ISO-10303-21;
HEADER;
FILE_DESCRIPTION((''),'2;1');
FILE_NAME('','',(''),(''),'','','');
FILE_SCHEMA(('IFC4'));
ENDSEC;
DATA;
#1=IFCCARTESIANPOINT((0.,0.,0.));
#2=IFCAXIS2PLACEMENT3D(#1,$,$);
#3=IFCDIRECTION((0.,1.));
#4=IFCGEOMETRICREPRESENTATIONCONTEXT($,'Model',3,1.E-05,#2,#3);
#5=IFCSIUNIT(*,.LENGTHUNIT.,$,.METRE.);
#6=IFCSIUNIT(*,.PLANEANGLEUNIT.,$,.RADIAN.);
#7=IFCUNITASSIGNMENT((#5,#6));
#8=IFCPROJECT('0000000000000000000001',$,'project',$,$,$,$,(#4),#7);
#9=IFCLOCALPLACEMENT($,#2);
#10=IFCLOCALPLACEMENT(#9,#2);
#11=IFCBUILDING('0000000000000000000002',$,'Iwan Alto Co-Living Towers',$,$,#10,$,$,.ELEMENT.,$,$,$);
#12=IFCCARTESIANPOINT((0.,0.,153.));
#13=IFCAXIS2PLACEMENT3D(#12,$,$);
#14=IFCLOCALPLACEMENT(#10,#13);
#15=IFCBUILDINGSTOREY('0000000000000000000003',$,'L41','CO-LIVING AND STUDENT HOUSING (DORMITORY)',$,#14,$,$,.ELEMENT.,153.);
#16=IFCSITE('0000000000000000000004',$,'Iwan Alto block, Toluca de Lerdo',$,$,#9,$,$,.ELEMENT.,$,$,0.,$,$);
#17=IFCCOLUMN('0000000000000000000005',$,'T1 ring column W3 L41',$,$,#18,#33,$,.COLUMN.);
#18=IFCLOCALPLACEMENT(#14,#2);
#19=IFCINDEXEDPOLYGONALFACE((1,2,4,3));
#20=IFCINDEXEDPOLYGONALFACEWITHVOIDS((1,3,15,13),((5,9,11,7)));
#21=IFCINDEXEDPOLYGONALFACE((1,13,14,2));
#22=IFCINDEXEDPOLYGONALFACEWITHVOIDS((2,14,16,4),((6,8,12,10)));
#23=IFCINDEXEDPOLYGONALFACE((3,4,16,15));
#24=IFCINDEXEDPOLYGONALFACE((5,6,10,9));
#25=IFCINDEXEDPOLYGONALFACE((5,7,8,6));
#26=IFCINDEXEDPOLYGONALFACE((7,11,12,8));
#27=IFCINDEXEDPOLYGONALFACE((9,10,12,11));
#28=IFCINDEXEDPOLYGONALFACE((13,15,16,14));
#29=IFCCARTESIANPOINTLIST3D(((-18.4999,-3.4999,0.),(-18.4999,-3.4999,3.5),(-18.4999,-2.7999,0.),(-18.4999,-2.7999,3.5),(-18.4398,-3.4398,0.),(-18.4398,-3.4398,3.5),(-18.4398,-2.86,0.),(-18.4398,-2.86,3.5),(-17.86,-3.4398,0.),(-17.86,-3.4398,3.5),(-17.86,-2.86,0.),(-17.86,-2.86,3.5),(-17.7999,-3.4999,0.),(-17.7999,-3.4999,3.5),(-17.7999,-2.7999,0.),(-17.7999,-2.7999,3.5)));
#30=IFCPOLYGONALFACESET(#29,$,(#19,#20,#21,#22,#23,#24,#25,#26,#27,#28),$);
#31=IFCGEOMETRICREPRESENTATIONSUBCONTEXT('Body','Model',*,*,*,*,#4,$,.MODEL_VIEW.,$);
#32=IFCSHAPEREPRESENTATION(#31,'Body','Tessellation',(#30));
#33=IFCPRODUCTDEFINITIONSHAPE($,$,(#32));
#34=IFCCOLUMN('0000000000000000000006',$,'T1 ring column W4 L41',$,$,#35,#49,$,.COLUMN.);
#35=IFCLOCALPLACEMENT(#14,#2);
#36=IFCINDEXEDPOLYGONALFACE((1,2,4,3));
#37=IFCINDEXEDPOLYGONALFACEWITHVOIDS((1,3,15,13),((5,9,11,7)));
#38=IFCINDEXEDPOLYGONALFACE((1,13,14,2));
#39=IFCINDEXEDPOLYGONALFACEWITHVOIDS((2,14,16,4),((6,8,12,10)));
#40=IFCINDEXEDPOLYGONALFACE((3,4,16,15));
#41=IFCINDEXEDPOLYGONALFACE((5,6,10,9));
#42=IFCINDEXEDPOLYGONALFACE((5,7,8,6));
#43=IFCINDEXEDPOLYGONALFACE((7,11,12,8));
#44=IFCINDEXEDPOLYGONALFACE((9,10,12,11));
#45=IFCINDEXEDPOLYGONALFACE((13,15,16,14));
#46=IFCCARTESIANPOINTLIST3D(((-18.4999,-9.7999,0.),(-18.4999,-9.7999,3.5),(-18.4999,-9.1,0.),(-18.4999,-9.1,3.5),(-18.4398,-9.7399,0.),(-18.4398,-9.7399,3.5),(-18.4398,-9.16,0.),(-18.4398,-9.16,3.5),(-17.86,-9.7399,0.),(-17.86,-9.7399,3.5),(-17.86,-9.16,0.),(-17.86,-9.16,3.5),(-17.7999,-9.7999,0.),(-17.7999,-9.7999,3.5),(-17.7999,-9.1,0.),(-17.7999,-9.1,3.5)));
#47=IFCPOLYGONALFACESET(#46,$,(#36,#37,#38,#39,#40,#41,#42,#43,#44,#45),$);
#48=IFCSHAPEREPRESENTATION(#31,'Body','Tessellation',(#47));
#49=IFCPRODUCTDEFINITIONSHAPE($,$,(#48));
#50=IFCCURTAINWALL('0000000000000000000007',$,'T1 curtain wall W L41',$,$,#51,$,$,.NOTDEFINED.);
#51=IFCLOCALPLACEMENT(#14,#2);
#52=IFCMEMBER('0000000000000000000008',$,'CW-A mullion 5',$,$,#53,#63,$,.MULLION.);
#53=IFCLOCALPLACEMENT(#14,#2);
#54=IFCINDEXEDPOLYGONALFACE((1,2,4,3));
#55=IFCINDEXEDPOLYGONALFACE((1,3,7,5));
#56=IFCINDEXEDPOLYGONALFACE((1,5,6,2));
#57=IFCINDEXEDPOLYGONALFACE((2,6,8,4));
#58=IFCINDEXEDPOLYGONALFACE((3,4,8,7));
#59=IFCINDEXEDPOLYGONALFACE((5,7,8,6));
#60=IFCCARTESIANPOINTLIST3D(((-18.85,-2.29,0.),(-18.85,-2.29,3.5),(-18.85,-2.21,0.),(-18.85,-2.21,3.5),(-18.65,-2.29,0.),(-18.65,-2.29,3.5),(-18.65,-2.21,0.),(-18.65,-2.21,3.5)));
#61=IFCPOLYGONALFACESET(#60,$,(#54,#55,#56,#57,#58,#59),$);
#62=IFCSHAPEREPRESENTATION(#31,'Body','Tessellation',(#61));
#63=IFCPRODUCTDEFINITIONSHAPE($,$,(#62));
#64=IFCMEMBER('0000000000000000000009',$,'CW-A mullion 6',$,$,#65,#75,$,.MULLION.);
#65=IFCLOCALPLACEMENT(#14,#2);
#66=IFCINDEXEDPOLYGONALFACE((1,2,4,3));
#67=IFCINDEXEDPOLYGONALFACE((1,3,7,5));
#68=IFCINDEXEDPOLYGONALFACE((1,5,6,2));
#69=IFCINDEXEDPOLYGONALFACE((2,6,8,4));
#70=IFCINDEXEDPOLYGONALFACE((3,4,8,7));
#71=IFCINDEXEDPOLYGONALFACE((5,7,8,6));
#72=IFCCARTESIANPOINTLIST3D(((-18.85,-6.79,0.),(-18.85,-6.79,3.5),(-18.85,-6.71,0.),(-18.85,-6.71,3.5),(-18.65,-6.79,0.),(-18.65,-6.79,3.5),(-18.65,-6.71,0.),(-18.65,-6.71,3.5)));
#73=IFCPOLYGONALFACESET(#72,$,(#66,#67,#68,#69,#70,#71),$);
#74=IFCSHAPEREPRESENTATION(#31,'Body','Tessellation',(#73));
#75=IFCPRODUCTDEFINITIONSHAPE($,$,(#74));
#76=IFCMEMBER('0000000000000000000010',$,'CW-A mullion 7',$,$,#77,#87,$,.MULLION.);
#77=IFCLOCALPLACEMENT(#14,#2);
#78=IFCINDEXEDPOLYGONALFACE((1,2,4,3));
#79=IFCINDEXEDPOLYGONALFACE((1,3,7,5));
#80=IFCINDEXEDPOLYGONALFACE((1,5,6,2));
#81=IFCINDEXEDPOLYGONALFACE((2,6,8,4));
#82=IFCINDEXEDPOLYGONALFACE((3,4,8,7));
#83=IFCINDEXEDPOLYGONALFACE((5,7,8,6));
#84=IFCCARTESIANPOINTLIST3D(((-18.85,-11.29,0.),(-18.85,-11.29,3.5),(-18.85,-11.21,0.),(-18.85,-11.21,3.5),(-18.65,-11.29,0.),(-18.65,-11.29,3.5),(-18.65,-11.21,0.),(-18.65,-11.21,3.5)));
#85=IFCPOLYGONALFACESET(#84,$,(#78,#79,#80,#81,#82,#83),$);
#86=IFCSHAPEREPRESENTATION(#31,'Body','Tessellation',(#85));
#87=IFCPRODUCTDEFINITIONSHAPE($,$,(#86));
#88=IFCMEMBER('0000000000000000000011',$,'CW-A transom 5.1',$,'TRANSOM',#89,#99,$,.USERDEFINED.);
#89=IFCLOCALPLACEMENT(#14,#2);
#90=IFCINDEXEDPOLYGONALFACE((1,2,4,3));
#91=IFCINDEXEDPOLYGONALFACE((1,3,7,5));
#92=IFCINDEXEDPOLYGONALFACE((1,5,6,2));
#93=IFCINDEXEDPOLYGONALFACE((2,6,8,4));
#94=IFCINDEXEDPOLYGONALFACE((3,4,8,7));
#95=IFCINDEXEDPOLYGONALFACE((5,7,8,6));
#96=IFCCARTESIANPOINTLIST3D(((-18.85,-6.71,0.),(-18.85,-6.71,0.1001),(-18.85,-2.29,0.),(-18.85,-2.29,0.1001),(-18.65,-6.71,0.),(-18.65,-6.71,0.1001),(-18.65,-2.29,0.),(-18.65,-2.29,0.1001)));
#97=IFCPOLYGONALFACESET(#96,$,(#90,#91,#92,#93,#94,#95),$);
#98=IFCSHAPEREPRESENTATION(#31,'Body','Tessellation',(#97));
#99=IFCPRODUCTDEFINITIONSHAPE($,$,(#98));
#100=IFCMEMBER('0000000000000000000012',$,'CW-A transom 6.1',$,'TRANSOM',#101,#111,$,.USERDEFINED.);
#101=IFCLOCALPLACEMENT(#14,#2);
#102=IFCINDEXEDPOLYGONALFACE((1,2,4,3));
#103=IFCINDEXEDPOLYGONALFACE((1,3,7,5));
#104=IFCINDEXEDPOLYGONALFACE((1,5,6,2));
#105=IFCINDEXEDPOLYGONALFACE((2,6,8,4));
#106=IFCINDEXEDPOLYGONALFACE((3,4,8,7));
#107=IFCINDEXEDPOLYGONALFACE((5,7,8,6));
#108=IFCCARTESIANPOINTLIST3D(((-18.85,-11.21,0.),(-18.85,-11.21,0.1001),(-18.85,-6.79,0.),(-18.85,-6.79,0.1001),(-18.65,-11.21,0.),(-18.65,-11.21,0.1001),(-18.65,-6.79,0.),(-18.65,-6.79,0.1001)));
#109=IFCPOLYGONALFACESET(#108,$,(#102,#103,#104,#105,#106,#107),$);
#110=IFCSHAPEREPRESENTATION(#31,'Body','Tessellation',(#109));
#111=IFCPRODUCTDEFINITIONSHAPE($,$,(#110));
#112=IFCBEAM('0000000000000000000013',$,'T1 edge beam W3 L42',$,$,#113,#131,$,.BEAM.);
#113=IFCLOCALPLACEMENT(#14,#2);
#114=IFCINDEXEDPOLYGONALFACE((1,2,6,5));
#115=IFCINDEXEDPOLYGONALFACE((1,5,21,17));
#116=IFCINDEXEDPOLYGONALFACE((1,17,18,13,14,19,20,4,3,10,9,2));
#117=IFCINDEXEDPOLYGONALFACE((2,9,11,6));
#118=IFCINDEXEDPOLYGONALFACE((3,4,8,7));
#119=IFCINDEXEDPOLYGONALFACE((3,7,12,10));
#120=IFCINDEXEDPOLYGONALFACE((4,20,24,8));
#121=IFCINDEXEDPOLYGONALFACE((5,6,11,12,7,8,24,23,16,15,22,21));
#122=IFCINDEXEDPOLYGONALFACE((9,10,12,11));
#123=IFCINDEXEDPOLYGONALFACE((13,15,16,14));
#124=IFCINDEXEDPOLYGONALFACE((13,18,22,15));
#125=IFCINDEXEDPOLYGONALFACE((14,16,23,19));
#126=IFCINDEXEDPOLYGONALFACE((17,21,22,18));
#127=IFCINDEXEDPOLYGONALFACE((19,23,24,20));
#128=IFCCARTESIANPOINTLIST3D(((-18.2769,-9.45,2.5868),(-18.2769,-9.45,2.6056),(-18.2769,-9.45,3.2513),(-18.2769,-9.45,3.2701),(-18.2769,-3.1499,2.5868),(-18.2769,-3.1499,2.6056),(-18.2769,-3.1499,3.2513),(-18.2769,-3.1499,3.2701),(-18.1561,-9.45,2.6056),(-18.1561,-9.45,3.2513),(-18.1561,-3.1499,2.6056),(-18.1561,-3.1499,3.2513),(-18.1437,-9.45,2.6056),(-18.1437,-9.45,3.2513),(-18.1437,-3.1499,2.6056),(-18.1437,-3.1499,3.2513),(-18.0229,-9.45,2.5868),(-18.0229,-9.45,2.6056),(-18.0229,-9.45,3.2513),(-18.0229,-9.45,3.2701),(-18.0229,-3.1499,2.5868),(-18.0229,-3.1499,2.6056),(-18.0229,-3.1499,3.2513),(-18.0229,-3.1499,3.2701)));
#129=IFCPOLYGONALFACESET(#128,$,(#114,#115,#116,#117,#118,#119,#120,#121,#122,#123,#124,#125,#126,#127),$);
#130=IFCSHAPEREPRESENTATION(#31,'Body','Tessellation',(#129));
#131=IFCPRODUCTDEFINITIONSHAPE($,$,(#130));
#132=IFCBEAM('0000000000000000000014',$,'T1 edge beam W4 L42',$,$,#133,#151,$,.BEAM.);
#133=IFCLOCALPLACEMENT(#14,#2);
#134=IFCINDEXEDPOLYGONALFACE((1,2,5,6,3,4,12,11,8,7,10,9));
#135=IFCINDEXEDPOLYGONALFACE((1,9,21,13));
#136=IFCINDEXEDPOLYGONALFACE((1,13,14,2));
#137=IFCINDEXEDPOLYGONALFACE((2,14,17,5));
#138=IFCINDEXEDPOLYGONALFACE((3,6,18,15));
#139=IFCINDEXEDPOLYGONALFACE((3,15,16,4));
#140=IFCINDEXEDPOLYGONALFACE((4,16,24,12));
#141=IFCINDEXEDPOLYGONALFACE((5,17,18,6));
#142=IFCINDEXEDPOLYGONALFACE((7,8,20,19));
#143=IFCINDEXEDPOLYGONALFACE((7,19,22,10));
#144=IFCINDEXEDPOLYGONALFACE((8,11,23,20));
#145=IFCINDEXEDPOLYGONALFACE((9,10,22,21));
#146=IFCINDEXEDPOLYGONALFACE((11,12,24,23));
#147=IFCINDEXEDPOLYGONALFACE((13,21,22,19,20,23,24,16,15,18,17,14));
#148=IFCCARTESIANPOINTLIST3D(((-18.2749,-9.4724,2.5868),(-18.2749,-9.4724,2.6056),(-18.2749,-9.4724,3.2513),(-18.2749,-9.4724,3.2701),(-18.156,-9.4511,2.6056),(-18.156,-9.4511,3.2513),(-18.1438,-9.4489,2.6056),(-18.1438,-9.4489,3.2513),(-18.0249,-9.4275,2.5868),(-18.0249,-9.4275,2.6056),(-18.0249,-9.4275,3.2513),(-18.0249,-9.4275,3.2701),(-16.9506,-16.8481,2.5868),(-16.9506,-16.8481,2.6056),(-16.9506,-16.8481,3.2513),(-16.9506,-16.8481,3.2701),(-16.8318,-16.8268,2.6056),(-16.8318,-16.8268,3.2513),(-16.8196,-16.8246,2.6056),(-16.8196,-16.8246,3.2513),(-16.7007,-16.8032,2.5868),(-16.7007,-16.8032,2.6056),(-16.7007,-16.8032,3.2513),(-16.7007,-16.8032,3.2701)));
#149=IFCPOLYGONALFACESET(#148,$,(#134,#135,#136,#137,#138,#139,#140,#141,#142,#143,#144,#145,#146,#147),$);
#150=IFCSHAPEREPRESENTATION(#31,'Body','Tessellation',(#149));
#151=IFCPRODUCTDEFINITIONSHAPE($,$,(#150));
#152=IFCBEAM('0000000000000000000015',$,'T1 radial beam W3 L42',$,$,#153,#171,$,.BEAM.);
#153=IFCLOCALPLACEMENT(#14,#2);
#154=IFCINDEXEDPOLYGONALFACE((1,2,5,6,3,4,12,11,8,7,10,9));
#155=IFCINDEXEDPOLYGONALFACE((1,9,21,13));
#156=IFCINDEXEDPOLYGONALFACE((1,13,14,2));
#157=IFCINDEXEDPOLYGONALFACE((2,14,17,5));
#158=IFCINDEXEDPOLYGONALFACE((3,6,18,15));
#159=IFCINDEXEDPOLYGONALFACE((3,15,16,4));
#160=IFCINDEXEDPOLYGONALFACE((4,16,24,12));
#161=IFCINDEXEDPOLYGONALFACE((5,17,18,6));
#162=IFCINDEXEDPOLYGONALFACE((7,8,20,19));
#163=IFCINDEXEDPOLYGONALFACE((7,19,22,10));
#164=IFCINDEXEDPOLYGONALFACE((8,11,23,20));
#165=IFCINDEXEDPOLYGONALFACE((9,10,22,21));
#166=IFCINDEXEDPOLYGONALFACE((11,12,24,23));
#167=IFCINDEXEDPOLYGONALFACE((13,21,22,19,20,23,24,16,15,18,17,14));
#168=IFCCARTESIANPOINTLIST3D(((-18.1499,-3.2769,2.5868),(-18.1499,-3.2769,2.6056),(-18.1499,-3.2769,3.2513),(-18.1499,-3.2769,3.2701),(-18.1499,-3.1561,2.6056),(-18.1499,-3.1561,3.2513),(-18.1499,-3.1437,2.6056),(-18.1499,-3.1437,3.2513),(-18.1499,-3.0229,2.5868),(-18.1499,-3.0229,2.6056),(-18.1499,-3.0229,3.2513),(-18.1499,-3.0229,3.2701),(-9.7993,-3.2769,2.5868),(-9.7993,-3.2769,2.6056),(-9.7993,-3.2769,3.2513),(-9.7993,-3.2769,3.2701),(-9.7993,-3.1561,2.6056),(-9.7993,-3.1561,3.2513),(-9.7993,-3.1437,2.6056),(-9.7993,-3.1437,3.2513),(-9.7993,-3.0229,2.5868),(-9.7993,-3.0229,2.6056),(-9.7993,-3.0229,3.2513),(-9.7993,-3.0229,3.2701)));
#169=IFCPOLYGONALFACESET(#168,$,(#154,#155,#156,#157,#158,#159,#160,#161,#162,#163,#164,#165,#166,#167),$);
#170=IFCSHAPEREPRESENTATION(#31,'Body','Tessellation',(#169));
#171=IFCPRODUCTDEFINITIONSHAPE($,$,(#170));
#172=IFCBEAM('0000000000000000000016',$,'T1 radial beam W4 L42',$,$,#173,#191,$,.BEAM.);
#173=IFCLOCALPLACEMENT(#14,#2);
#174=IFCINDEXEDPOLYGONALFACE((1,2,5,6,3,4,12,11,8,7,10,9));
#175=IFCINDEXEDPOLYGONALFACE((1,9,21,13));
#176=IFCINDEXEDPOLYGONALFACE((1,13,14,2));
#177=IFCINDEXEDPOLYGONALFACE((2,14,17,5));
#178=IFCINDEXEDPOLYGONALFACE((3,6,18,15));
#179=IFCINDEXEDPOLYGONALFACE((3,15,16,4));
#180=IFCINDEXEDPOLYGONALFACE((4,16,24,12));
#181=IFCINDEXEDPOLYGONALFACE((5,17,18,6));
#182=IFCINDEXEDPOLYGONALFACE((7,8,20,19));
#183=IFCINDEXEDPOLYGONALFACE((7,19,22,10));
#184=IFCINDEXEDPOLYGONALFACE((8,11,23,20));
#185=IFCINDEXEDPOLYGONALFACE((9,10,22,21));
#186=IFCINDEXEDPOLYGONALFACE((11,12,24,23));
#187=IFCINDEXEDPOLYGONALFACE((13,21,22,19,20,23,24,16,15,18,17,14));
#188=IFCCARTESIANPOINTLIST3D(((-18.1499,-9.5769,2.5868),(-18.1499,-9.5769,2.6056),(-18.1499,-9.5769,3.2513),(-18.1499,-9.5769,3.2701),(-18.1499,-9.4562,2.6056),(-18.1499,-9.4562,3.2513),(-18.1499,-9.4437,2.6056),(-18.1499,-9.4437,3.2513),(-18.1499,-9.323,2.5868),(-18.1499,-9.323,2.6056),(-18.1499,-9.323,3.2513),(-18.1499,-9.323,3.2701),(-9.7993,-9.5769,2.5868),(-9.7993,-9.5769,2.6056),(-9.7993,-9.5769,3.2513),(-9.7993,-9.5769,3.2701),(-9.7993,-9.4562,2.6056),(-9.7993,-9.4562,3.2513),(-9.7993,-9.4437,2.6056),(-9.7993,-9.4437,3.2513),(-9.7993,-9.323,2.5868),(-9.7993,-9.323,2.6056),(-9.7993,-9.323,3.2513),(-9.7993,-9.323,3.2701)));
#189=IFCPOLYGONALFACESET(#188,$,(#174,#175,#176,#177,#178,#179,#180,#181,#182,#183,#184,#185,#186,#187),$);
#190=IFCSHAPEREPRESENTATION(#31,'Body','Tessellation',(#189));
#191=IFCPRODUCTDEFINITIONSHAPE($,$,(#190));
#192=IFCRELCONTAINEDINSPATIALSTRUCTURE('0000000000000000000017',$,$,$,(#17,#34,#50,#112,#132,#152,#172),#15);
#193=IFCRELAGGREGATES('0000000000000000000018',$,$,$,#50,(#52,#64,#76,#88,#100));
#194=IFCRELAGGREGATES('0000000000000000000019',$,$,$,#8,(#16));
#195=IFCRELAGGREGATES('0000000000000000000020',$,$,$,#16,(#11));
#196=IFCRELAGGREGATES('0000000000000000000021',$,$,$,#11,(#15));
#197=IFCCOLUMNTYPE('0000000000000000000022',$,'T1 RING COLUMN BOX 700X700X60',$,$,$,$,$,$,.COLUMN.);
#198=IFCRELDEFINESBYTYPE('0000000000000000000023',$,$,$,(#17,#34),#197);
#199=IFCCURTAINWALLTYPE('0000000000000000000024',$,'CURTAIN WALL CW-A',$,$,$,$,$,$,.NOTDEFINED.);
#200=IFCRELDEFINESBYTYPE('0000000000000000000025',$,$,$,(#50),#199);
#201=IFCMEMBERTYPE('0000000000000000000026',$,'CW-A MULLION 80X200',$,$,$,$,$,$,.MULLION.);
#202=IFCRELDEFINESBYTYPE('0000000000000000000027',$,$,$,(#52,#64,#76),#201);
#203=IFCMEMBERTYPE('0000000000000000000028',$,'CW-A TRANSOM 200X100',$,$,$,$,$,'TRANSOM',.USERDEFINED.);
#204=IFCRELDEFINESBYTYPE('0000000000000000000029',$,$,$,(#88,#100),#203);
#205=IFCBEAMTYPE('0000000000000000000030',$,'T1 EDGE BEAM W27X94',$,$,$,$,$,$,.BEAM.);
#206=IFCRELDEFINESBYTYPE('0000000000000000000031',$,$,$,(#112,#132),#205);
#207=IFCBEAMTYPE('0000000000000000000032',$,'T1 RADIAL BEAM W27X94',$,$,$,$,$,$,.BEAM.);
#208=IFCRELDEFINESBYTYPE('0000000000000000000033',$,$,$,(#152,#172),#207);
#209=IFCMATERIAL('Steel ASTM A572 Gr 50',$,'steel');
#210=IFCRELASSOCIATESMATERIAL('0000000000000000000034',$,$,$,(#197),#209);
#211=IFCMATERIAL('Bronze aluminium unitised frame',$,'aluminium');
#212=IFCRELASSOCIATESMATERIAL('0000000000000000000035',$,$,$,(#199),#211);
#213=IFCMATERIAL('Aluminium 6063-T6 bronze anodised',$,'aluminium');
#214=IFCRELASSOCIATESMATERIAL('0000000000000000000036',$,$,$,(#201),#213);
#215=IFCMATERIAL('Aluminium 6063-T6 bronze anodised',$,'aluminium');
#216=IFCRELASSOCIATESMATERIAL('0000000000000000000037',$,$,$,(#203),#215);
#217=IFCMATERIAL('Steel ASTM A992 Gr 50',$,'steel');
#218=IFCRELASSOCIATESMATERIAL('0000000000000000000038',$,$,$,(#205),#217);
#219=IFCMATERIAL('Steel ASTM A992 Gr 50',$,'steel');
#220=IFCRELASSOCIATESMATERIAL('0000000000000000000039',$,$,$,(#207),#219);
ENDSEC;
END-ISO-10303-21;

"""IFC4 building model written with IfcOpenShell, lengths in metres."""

from ifc_helpers import new_model, si_unit, direction, frame, origin, origin_2d, place, context, subcontext, project, spatial, rectangle, hollow_rectangle, i_section, extrude, material, material_profile, profile_set, type_object, element, aggregate, save


model = new_model("IFC4")

# Units and contexts
model_context = context("Model", 3, precision=1e-05, world=origin(), true_north=direction((0.0, 1.0)))
body_context = subcontext(model_context, "Body", "Model", "MODEL_VIEW")
ifc_project = project(units=[si_unit("LENGTHUNIT", "METRE"), si_unit("PLANEANGLEUNIT", "RADIAN")], contexts=[model_context])

# Site, building, storey
site_placement = place(None, origin())
site = spatial("IfcSite", under=ifc_project, at=site_placement, Name="Iwan Alto block, Toluca de Lerdo", CompositionType="ELEMENT", RefElevation=0.0)
building_placement = place(site_placement, origin())
building = spatial("IfcBuilding", under=site, at=building_placement, Name="Iwan Alto Co-Living Towers", CompositionType="ELEMENT")
storey_placement = place(building_placement, frame((0.0, 0.0, 153.0)))
storey = spatial("IfcBuildingStorey", under=building, at=storey_placement, Name="L41", Description="CO-LIVING AND STUDENT HOUSING (DORMITORY)", CompositionType="ELEMENT", Elevation=153.0)

# Columns
ifc_material_1 = material(Name="Steel ASTM A572 Gr 50", Category="steel")
ifc_material_profile_1 = material_profile(ifc_material_1, hollow_rectangle(XDim=0.7, YDim=0.7, WallThickness=0.0601, at=origin_2d()), Name="BOX 700X700X60")
ifc_profile_set_1 = profile_set([ifc_material_profile_1], Name="Steel ASTM A572 Gr 50")
column_type = type_object("IfcColumnType", Name="T1 RING COLUMN BOX 700X700X60", PredefinedType="COLUMN", material=ifc_profile_set_1)
for number, where, z_axis, x_axis, name in (
    (1, (-18.1499, -3.1499, 0.0), (0.0, 0.0, 1.0), (1.0, 0.0, 0.0), "T1 ring column W3 L41"),
    (2, (-18.1499, -9.45, 0.0), (0.0, 0.0, 1.0), (1.0, 0.0, 0.0), "T1 ring column W4 L41"),
):
    element("IfcColumn", number, at=place(storey_placement, frame(where, z_axis=z_axis, x_axis=x_axis)), inside=storey, type_object=column_type, Name=name, PredefinedType="COLUMN", context=body_context, shape_type="SweptSolid", body=[
        extrude(hollow_rectangle(XDim=0.7, YDim=0.7, WallThickness=0.0601, at=origin_2d()), origin(), (0.0, 0.0, 1.0), 3.5),
    ])

# Curtain wall, members
ifc_material_2 = material(Name="Bronze aluminium unitised frame", Category="aluminium")
curtain_wall_type = type_object("IfcCurtainWallType", Name="CURTAIN WALL CW-A", PredefinedType="NOTDEFINED", material=ifc_material_2)
curtain_wall_placement = place(storey_placement, origin())
curtain_wall = element("IfcCurtainWall", 3, at=curtain_wall_placement, inside=storey, type_object=curtain_wall_type, Name="T1 curtain wall W L41", PredefinedType="NOTDEFINED")
ifc_material_3 = material(Name="Aluminium 6063-T6 bronze anodised", Category="aluminium")
ifc_material_profile_2 = material_profile(ifc_material_3, rectangle(XDim=0.2, YDim=0.0801, at=origin_2d()), Name="AL 80X200")
ifc_profile_set_2 = profile_set([ifc_material_profile_2], Name="Aluminium 6063-T6 bronze anodised")
member_type_1 = type_object("IfcMemberType", Name="CW-A MULLION 80X200", PredefinedType="MULLION", material=ifc_profile_set_2)
member_1_placement = place(storey_placement, frame((-18.75, -2.25, 0.0), z_axis=(0.0, 0.0, 1.0), x_axis=(1.0, 0.0, 0.0)))
member_1 = element("IfcMember", 4, at=member_1_placement, type_object=member_type_1, Name="CW-A mullion 5", PredefinedType="MULLION", context=body_context, shape_type="SweptSolid", body=[
    extrude(rectangle(XDim=0.2, YDim=0.0801, at=origin_2d()), origin(), (0.0, 0.0, 1.0), 3.5),
])
member_2_placement = place(storey_placement, frame((-18.75, -6.75, 0.0), z_axis=(0.0, 0.0, 1.0), x_axis=(1.0, 0.0, 0.0)))
member_2 = element("IfcMember", 5, at=member_2_placement, type_object=member_type_1, Name="CW-A mullion 6", PredefinedType="MULLION", context=body_context, shape_type="SweptSolid", body=[
    extrude(rectangle(XDim=0.2, YDim=0.0801, at=origin_2d()), origin(), (0.0, 0.0, 1.0), 3.5),
])
member_3_placement = place(storey_placement, frame((-18.75, -11.25, 0.0), z_axis=(0.0, 0.0, 1.0), x_axis=(1.0, 0.0, 0.0)))
member_3 = element("IfcMember", 6, at=member_3_placement, type_object=member_type_1, Name="CW-A mullion 7", PredefinedType="MULLION", context=body_context, shape_type="SweptSolid", body=[
    extrude(rectangle(XDim=0.2, YDim=0.0801, at=origin_2d()), origin(), (0.0, 0.0, 1.0), 3.5),
])
ifc_material_4 = material(Name="Aluminium 6063-T6 bronze anodised", Category="aluminium")
ifc_material_profile_3 = material_profile(ifc_material_4, rectangle(XDim=0.2, YDim=0.1001, at=origin_2d()), Name="AL 200X100")
ifc_profile_set_3 = profile_set([ifc_material_profile_3], Name="Aluminium 6063-T6 bronze anodised")
member_type_2 = type_object("IfcMemberType", Name="CW-A TRANSOM 200X100", ElementType="TRANSOM", PredefinedType="USERDEFINED", material=ifc_profile_set_3)
member_4_placement = place(storey_placement, frame((-18.75, -2.29, 0.05), z_axis=(0.0, -1.0, 0.0), x_axis=(1.0, 0.0, 0.0)))
member_4 = element("IfcMember", 7, at=member_4_placement, type_object=member_type_2, Name="CW-A transom 5.1", ObjectType="TRANSOM", PredefinedType="USERDEFINED", context=body_context, shape_type="SweptSolid", body=[
    extrude(rectangle(XDim=0.2, YDim=0.1001, at=origin_2d()), origin(), (0.0, 0.0, 1.0), 4.4199),
])
member_5_placement = place(storey_placement, frame((-18.75, -6.79, 0.05), z_axis=(0.0, -1.0, 0.0), x_axis=(1.0, 0.0, 0.0)))
member_5 = element("IfcMember", 8, at=member_5_placement, type_object=member_type_2, Name="CW-A transom 6.1", ObjectType="TRANSOM", PredefinedType="USERDEFINED", context=body_context, shape_type="SweptSolid", body=[
    extrude(rectangle(XDim=0.2, YDim=0.1001, at=origin_2d()), origin(), (0.0, 0.0, 1.0), 4.4199),
])

# Beams
ifc_material_5 = material(Name="Steel ASTM A992 Gr 50", Category="steel")
ifc_material_profile_4 = material_profile(ifc_material_5, i_section(OverallWidth=0.2539, OverallDepth=0.6833, WebThickness=0.0125, FlangeThickness=0.0188, at=origin_2d()), Name="W27X94")
ifc_profile_set_4 = profile_set([ifc_material_profile_4], Name="Steel ASTM A992 Gr 50")
beam_type_1 = type_object("IfcBeamType", Name="T1 EDGE BEAM W27X94", PredefinedType="BEAM", material=ifc_profile_set_4)
beam_1_placement = place(storey_placement, frame((-18.1499, -3.1499, 2.9285), z_axis=(0.0, -1.0, 0.0), x_axis=(1.0, 0.0, 0.0)))
element("IfcBeam", 9, at=beam_1_placement, inside=storey, type_object=beam_type_1, Name="T1 edge beam W3 L42", PredefinedType="BEAM", context=body_context, shape_type="SweptSolid", body=[
    extrude(i_section(OverallWidth=0.2539, OverallDepth=0.6833, WebThickness=0.0125, FlangeThickness=0.0188, at=origin_2d()), origin(), (0.0, 0.0, 1.0), 6.3),
])
beam_2_placement = place(storey_placement, frame((-18.1499, -9.45, 2.9285), z_axis=(0.176712, -0.984263, 0.0), x_axis=(0.984263, 0.176712, 0.0)))
element("IfcBeam", 10, at=beam_2_placement, inside=storey, type_object=beam_type_1, Name="T1 edge beam W4 L42", PredefinedType="BEAM", context=body_context, shape_type="SweptSolid", body=[
    extrude(i_section(OverallWidth=0.2539, OverallDepth=0.6833, WebThickness=0.0125, FlangeThickness=0.0188, at=origin_2d()), origin(), (0.0, 0.0, 1.0), 7.4937),
])
ifc_material_6 = material(Name="Steel ASTM A992 Gr 50", Category="steel")
ifc_material_profile_5 = material_profile(ifc_material_6, i_section(OverallWidth=0.2539, OverallDepth=0.6833, WebThickness=0.0125, FlangeThickness=0.0188, at=origin_2d()), Name="W27X94")
ifc_profile_set_5 = profile_set([ifc_material_profile_5], Name="Steel ASTM A992 Gr 50")
beam_type_2 = type_object("IfcBeamType", Name="T1 RADIAL BEAM W27X94", PredefinedType="BEAM", material=ifc_profile_set_5)
for number, where, z_axis, x_axis, name in (
    (11, (-18.1499, -3.1499, 2.9285), (1.0, 0.0, 0.0), (0.0, 1.0, 0.0), "T1 radial beam W3 L42"),
    (12, (-18.1499, -9.45, 2.9285), (1.0, 0.0, 0.0), (0.0, 1.0, 0.0), "T1 radial beam W4 L42"),
):
    element("IfcBeam", number, at=place(storey_placement, frame(where, z_axis=z_axis, x_axis=x_axis)), inside=storey, type_object=beam_type_2, Name=name, PredefinedType="BEAM", context=body_context, shape_type="SweptSolid", body=[
        extrude(i_section(OverallWidth=0.2539, OverallDepth=0.6833, WebThickness=0.0125, FlangeThickness=0.0188, at=origin_2d()), origin(), (0.0, 0.0, 1.0), 8.3506),
    ])

aggregate(curtain_wall, [member_1, member_2, member_3, member_4, member_5])

save(model, "model.ifc")
